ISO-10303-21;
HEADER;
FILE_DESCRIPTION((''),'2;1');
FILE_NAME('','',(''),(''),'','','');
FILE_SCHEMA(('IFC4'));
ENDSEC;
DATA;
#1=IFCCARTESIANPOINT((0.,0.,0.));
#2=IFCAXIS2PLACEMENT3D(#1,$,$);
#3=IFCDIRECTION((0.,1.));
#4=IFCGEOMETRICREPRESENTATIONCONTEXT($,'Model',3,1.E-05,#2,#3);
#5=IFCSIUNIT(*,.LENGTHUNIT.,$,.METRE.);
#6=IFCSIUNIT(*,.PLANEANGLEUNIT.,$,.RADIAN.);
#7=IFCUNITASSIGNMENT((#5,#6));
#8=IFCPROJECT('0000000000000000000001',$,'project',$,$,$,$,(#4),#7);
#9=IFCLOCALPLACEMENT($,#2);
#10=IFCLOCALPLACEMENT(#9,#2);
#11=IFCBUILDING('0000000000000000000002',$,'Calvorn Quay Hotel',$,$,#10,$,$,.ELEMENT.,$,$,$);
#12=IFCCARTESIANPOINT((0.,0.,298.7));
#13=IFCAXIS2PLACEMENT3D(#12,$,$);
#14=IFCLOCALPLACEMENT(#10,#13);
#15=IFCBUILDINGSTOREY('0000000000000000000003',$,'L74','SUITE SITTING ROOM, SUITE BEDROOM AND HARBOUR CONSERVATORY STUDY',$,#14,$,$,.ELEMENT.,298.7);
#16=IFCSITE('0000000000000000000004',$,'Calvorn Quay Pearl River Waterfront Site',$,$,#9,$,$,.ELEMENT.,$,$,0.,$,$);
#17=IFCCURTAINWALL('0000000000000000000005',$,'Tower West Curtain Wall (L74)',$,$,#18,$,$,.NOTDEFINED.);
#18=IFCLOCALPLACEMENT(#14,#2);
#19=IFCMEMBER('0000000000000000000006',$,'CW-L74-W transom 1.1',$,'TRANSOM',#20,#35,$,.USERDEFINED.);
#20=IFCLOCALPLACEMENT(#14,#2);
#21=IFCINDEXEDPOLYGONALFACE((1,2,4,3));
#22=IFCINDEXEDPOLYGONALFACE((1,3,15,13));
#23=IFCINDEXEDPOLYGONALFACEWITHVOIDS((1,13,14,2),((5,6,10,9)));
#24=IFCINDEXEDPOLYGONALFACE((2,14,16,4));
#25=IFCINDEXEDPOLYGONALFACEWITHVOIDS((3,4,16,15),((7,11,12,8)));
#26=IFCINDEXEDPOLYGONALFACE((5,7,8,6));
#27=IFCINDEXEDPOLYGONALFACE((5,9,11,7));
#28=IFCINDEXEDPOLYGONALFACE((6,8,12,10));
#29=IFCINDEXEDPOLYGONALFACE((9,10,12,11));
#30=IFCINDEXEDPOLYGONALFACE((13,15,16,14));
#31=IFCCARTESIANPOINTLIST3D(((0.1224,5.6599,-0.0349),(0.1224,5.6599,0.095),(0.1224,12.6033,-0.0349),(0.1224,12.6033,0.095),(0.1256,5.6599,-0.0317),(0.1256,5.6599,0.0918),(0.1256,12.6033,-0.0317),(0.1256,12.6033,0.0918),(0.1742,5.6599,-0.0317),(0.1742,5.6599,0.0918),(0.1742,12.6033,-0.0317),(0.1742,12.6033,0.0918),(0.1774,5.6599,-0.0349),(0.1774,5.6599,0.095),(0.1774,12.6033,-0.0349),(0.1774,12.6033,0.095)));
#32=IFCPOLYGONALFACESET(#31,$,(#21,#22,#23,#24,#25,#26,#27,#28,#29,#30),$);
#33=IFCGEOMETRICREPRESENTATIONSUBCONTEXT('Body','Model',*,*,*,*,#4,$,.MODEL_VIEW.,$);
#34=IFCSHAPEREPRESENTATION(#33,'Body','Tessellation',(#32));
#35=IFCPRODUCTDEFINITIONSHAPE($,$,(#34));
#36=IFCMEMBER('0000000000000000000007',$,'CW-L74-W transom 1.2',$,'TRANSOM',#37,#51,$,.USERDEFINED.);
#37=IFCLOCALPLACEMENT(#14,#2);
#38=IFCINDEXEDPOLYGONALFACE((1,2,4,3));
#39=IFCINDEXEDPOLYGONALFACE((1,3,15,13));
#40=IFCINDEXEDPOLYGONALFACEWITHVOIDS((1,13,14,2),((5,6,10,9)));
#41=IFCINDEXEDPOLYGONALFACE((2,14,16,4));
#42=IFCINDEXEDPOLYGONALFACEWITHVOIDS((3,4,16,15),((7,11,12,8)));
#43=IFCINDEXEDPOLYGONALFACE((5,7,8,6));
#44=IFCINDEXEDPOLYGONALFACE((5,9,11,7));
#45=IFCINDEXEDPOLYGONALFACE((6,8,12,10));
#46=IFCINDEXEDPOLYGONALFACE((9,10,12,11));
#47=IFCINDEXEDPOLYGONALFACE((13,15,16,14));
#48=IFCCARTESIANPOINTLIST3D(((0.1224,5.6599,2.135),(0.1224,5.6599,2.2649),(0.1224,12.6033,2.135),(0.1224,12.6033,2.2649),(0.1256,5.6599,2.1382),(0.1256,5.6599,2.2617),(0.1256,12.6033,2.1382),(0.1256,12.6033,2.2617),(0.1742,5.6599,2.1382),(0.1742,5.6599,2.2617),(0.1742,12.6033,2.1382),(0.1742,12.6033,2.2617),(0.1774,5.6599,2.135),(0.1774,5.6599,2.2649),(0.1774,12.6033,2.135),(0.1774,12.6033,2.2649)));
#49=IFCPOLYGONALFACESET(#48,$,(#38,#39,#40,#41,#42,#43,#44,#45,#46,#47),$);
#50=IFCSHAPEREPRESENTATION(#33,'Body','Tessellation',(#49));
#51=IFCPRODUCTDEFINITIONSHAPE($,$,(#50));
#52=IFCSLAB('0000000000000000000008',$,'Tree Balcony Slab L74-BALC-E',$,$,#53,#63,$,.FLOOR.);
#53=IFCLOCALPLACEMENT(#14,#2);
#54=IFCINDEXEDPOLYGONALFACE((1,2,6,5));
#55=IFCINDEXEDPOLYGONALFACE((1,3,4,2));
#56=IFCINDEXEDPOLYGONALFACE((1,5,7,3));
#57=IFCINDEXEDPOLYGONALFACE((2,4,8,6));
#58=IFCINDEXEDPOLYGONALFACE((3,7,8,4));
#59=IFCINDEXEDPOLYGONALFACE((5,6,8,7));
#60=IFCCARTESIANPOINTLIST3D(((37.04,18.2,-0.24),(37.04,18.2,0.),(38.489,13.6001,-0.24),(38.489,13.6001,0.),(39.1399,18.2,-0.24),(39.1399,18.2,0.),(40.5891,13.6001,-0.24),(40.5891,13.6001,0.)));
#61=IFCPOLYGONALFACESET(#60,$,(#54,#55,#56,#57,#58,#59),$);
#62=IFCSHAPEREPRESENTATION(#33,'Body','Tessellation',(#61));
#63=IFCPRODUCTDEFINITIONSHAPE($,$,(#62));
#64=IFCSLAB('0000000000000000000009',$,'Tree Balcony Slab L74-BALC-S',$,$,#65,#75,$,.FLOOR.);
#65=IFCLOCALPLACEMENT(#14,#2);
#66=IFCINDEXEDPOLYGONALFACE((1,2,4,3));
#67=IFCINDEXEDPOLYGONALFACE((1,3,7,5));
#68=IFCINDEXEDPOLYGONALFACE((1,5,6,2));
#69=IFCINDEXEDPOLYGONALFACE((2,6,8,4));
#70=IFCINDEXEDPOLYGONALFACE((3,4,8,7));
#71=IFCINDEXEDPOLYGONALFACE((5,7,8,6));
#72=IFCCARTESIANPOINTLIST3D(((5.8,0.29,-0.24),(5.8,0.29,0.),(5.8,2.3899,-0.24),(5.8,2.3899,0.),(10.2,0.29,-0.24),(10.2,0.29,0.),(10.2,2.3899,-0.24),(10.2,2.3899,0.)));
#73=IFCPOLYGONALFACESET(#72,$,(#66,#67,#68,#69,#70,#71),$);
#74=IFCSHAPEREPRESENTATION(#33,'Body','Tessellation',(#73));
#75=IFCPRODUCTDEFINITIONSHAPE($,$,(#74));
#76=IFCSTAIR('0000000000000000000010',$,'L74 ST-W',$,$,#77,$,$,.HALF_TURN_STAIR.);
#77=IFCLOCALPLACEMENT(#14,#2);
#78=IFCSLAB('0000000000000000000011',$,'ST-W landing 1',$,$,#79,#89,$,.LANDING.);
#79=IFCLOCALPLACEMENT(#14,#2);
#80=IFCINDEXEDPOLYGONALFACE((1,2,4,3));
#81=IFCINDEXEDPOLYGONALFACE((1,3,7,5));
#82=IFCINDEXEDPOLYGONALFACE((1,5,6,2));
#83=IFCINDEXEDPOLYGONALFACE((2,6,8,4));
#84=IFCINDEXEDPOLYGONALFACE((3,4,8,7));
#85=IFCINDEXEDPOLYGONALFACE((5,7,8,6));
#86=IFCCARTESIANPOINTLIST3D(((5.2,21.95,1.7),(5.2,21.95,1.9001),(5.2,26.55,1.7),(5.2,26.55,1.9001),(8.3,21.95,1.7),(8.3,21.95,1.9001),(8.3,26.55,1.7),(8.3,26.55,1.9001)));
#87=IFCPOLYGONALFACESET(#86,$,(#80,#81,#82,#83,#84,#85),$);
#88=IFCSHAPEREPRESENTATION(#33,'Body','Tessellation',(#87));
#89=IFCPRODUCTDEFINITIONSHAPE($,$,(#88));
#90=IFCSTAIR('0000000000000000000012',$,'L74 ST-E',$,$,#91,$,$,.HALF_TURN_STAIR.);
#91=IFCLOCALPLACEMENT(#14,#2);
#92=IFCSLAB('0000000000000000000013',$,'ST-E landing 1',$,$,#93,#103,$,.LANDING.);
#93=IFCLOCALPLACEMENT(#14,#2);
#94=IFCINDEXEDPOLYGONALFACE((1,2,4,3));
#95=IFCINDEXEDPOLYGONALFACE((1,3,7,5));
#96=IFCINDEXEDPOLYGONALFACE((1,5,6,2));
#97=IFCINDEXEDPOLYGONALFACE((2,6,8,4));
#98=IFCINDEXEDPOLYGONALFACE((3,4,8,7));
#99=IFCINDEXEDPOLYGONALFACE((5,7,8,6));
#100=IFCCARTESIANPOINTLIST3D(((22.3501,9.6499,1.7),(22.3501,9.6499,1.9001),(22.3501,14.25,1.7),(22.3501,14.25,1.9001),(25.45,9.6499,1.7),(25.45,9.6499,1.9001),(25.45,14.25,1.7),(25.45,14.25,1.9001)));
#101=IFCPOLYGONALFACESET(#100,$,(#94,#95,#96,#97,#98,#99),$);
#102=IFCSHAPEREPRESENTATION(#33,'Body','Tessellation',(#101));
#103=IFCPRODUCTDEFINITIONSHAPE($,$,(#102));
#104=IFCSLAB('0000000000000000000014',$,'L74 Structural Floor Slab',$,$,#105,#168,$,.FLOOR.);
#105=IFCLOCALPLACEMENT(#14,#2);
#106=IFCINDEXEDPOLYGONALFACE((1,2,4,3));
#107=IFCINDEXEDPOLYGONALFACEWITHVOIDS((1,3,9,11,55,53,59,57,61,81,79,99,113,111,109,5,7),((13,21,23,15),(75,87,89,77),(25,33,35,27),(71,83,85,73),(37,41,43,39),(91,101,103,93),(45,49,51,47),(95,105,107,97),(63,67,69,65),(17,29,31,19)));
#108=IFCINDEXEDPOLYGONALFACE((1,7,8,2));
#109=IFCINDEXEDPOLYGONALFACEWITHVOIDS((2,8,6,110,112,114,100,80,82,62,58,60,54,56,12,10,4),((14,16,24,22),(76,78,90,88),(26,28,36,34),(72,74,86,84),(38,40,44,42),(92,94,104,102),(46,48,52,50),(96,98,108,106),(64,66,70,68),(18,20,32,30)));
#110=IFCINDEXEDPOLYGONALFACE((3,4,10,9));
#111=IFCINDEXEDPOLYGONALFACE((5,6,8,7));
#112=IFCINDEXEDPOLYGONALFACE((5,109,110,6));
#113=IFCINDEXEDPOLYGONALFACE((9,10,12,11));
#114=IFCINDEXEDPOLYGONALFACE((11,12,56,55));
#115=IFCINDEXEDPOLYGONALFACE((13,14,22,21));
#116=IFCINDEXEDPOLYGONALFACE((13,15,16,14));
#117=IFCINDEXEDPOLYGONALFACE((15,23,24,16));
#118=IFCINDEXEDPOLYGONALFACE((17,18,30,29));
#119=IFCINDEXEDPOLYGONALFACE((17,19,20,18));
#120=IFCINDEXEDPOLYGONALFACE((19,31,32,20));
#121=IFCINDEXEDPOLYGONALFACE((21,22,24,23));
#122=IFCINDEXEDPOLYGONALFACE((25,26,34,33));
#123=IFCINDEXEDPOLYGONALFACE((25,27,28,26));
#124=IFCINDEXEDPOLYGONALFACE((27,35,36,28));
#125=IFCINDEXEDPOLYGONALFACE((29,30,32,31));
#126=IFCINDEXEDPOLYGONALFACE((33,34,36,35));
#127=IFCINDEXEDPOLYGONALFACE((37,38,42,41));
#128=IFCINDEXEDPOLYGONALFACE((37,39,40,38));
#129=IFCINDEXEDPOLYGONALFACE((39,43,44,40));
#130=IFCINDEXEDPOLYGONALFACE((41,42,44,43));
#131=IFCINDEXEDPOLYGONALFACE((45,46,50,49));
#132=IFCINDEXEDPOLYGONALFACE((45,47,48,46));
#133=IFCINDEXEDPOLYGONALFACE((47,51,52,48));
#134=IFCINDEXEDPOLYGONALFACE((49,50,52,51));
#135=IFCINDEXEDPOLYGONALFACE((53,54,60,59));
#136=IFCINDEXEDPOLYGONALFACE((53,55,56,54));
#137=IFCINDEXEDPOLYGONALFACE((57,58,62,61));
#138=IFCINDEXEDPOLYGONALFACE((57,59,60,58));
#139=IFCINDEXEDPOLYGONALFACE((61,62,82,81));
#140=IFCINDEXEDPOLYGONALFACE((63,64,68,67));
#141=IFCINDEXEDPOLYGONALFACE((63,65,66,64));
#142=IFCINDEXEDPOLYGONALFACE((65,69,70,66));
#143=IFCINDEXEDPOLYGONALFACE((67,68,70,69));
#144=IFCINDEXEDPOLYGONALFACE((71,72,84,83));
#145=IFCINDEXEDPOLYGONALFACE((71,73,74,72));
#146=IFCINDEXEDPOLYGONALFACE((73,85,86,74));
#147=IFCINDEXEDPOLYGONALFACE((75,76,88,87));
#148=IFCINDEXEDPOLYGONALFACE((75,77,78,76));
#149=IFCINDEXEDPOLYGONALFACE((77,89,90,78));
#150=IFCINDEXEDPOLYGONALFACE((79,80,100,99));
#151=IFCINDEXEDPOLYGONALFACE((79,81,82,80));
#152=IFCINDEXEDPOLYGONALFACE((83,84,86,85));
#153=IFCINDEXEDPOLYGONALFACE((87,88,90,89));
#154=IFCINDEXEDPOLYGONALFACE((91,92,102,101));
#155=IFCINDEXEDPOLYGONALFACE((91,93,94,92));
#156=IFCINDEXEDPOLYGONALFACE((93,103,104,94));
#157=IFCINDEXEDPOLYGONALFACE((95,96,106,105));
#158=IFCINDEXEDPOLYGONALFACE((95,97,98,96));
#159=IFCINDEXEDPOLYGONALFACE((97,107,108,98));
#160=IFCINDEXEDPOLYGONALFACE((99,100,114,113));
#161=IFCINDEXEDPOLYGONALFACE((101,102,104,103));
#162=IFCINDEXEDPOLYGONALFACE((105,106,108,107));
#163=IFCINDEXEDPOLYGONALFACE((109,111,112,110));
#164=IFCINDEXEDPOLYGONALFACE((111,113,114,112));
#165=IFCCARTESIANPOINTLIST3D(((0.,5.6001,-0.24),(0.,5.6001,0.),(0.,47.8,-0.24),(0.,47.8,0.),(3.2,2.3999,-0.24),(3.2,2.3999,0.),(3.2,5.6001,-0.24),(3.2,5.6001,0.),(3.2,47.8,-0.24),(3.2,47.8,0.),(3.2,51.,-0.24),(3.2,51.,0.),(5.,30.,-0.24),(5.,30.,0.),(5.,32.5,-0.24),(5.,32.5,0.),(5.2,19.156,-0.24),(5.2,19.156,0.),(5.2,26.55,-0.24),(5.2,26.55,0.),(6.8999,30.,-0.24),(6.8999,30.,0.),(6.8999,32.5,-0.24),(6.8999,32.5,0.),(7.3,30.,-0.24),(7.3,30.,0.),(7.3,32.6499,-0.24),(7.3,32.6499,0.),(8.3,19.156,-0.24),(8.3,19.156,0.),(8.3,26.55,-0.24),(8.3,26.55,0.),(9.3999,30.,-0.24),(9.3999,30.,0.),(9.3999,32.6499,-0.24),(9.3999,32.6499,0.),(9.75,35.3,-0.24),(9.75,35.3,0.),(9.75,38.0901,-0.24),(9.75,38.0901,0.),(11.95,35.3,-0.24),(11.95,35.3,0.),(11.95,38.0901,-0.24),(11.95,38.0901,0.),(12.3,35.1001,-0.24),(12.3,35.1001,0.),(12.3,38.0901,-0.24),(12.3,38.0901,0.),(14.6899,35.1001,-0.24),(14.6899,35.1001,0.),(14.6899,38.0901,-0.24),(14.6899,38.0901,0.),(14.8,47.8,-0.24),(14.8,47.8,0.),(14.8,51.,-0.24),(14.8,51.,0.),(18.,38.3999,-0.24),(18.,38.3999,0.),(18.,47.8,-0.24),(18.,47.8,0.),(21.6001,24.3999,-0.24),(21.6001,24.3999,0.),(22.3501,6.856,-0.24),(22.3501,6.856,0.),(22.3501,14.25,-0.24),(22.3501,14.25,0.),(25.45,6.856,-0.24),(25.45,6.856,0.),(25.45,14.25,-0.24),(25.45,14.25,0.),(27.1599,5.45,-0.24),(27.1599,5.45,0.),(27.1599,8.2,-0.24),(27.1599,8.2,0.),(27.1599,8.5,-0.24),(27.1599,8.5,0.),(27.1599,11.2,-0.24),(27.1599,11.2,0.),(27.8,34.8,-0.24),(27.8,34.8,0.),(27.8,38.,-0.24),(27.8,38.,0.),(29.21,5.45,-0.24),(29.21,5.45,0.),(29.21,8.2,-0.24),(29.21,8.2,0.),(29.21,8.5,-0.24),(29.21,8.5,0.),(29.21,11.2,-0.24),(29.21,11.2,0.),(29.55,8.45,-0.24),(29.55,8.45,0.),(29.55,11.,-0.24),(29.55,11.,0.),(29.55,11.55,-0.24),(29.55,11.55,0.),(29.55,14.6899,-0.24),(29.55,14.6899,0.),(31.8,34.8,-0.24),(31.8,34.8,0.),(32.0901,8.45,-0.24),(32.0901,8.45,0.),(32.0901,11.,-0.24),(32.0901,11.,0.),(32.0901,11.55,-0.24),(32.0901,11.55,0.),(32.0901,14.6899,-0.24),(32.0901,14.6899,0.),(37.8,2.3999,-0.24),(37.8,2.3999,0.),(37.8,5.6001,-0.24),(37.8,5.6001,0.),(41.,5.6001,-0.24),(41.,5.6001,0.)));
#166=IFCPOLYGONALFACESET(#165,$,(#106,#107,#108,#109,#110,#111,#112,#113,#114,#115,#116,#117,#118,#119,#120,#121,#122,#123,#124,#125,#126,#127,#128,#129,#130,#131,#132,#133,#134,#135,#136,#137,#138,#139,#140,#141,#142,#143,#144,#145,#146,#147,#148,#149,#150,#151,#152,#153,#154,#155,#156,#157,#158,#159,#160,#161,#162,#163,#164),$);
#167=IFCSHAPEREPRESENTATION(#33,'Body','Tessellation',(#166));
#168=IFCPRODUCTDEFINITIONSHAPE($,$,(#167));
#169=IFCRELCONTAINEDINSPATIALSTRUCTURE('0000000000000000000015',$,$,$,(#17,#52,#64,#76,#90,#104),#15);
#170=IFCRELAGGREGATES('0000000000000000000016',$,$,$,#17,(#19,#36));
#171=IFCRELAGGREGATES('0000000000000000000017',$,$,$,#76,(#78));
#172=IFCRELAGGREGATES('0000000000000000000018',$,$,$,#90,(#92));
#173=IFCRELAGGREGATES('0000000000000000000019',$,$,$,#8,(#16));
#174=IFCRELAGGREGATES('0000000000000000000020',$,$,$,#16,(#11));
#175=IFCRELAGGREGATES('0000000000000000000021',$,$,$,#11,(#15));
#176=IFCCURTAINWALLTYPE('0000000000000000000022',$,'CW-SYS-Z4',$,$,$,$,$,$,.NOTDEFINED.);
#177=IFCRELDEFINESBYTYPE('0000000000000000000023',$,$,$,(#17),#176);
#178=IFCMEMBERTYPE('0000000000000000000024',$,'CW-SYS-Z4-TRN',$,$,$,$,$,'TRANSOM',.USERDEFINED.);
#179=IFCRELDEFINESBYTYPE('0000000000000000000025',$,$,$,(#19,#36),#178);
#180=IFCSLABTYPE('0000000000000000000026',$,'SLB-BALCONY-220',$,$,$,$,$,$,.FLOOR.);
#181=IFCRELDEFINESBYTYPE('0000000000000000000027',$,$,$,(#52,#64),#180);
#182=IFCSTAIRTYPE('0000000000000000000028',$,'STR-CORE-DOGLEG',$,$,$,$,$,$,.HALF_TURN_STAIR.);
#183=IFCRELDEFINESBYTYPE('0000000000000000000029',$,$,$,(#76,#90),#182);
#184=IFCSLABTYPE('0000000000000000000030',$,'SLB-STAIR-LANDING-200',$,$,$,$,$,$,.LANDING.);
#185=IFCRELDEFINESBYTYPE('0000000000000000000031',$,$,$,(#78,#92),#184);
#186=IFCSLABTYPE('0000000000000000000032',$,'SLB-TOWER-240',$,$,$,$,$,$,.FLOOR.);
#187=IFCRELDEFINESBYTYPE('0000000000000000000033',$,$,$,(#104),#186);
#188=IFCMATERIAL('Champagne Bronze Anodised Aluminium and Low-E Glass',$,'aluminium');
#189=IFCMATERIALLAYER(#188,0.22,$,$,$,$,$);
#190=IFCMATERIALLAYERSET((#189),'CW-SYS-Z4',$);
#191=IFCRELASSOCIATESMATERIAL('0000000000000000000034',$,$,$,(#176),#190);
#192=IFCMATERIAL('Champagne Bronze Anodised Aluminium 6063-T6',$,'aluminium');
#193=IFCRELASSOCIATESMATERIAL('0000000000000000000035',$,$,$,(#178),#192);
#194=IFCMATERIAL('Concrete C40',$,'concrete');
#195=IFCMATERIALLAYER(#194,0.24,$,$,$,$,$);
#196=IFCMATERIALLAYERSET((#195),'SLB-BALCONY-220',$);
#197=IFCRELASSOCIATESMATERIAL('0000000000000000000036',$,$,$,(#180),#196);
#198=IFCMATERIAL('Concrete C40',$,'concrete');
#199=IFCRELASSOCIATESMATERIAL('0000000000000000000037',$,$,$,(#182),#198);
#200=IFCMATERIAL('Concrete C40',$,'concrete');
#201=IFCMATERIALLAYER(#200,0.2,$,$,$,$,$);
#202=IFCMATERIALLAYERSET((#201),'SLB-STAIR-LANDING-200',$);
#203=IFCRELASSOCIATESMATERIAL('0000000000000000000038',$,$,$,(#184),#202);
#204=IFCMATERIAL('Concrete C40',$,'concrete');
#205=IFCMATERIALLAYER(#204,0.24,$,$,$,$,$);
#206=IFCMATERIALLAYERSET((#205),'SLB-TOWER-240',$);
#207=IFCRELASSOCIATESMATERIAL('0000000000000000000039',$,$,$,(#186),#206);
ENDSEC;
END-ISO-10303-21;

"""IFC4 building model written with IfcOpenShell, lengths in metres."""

from ifc_helpers import new_model, si_unit, direction, frame, origin, origin_2d, place, context, subcontext, project, spatial, polyline, hollow_rectangle, outline, extrude, material, layer, layer_set, material_profile, profile_set, type_object, element, aggregate, save


model = new_model("IFC4")

# Units and contexts
model_context = context("Model", 3, precision=1e-05, world=origin(), true_north=direction((0.0, 1.0)))
body_context = subcontext(model_context, "Body", "Model", "MODEL_VIEW")
ifc_project = project(units=[si_unit("LENGTHUNIT", "METRE"), si_unit("PLANEANGLEUNIT", "RADIAN")], contexts=[model_context])

# Site, building, storey
site_placement = place(None, origin())
site = spatial("IfcSite", under=ifc_project, at=site_placement, Name="Calvorn Quay Pearl River Waterfront Site", CompositionType="ELEMENT", RefElevation=0.0)
building_placement = place(site_placement, origin())
building = spatial("IfcBuilding", under=site, at=building_placement, Name="Calvorn Quay Hotel", CompositionType="ELEMENT")
storey_placement = place(building_placement, frame((0.0, 0.0, 298.7)))
storey = spatial("IfcBuildingStorey", under=building, at=storey_placement, Name="L74", Description="SUITE SITTING ROOM, SUITE BEDROOM AND HARBOUR CONSERVATORY STUDY", CompositionType="ELEMENT", Elevation=298.7)

# Curtain wall, members
ifc_material_1 = material(Name="Champagne Bronze Anodised Aluminium and Low-E Glass", Category="aluminium")
ifc_layer_1 = layer(ifc_material_1, 0.22)
ifc_layer_set_1 = layer_set([ifc_layer_1], Name="CW-SYS-Z4")
curtain_wall_type = type_object("IfcCurtainWallType", Name="CW-SYS-Z4", PredefinedType="NOTDEFINED", material=ifc_layer_set_1)
curtain_wall_placement = place(storey_placement, origin())
curtain_wall = element("IfcCurtainWall", 1, at=curtain_wall_placement, inside=storey, type_object=curtain_wall_type, Name="Tower West Curtain Wall (L74)", PredefinedType="NOTDEFINED")
ifc_material_2 = material(Name="Champagne Bronze Anodised Aluminium 6063-T6", Category="aluminium")
ifc_material_profile_1 = material_profile(ifc_material_2, hollow_rectangle(XDim=0.0549, YDim=0.1299, WallThickness=0.0032, at=origin_2d()), Name="ALU-T130x55x3.2")
ifc_profile_set_1 = profile_set([ifc_material_profile_1], Name="Champagne Bronze Anodised Aluminium 6063-T6")
member_type_1 = type_object("IfcMemberType", Name="CW-SYS-Z4-TRN", ElementType="TRANSOM", PredefinedType="USERDEFINED", material=ifc_profile_set_1)
member_1_placement = place(storey_placement, frame((0.1499, 5.6599, 0.03), z_axis=(0.0, 1.0, 0.0), x_axis=(-1.0, 0.0, 0.0)))
member_1 = element("IfcMember", 2, at=member_1_placement, type_object=member_type_1, Name="CW-L74-W transom 1.1", ObjectType="TRANSOM", PredefinedType="USERDEFINED", context=body_context, shape_type="SweptSolid", body=[
    extrude(hollow_rectangle(XDim=0.0549, YDim=0.1299, WallThickness=0.0032, at=origin_2d()), origin(), (0.0, 0.0, 1.0), 6.9434),
])
member_2_placement = place(storey_placement, frame((0.1499, 5.6599, 2.2), z_axis=(0.0, 1.0, 0.0), x_axis=(-1.0, 0.0, 0.0)))
member_2 = element("IfcMember", 3, at=member_2_placement, type_object=member_type_1, Name="CW-L74-W transom 1.2", ObjectType="TRANSOM", PredefinedType="USERDEFINED", context=body_context, shape_type="SweptSolid", body=[
    extrude(hollow_rectangle(XDim=0.0549, YDim=0.1299, WallThickness=0.0032, at=origin_2d()), origin(), (0.0, 0.0, 1.0), 6.9434),
])
aggregate(curtain_wall, [member_1, member_2])

# Slabs
ifc_material_3 = material(Name="Concrete C40", Category="concrete")
ifc_layer_2 = layer(ifc_material_3, 0.24)
ifc_layer_set_2 = layer_set([ifc_layer_2], Name="SLB-BALCONY-220")
slab_type_1 = type_object("IfcSlabType", Name="SLB-BALCONY-220", PredefinedType="FLOOR", material=ifc_layer_set_2)
slab_1_placement = place(storey_placement, frame((0.0, 0.0, -0.24)))
element("IfcSlab", 4, at=slab_1_placement, inside=storey, type_object=slab_type_1, Name="Tree Balcony Slab L74-BALC-E", PredefinedType="FLOOR", context=body_context, shape_type="SweptSolid", body=[
    extrude(outline(polyline([(38.489, 13.6001), (40.5891, 13.6001), (39.1399, 18.2), (37.04, 18.2), (38.489, 13.6001)])), origin(), (0.0, 0.0, 1.0), 0.24),
])
slab_2_placement = place(storey_placement, frame((0.0, 0.0, -0.24)))
element("IfcSlab", 5, at=slab_2_placement, inside=storey, type_object=slab_type_1, Name="Tree Balcony Slab L74-BALC-S", PredefinedType="FLOOR", context=body_context, shape_type="SweptSolid", body=[
    extrude(outline(polyline([(5.8, 0.29), (10.2, 0.29), (10.2, 2.3899), (5.8, 2.3899), (5.8, 0.29)])), origin(), (0.0, 0.0, 1.0), 0.24),
])

# Stairs, slabs
ifc_material_4 = material(Name="Concrete C40", Category="concrete")
stair_type = type_object("IfcStairType", Name="STR-CORE-DOGLEG", PredefinedType="HALF_TURN_STAIR", material=ifc_material_4)
stair_1_placement = place(storey_placement, origin())
stair_1 = element("IfcStair", 6, at=stair_1_placement, inside=storey, type_object=stair_type, Name="L74 ST-W", PredefinedType="HALF_TURN_STAIR")
ifc_material_5 = material(Name="Concrete C40", Category="concrete")
ifc_layer_3 = layer(ifc_material_5, 0.2)
ifc_layer_set_3 = layer_set([ifc_layer_3], Name="SLB-STAIR-LANDING-200")
slab_type_2 = type_object("IfcSlabType", Name="SLB-STAIR-LANDING-200", PredefinedType="LANDING", material=ifc_layer_set_3)
slab_3_placement = place(storey_placement, frame((0.0, 0.0, 1.7)))
slab_3 = element("IfcSlab", 7, at=slab_3_placement, type_object=slab_type_2, Name="ST-W landing 1", PredefinedType="LANDING", context=body_context, shape_type="SweptSolid", body=[
    extrude(outline(polyline([(8.3, 21.95), (8.3, 26.55), (5.2, 26.55), (5.2, 21.95), (8.3, 21.95)])), origin(), (0.0, 0.0, 1.0), 0.2002),
])
aggregate(stair_1, [slab_3])
stair_2_placement = place(storey_placement, origin())
stair_2 = element("IfcStair", 8, at=stair_2_placement, inside=storey, type_object=stair_type, Name="L74 ST-E", PredefinedType="HALF_TURN_STAIR")
slab_4_placement = place(storey_placement, frame((0.0, 0.0, 1.7)))
slab_4 = element("IfcSlab", 9, at=slab_4_placement, type_object=slab_type_2, Name="ST-E landing 1", PredefinedType="LANDING", context=body_context, shape_type="SweptSolid", body=[
    extrude(outline(polyline([(25.45, 9.6499), (25.45, 14.25), (22.3501, 14.25), (22.3501, 9.6499), (25.45, 9.6499)])), origin(), (0.0, 0.0, 1.0), 0.2002),
])
aggregate(stair_2, [slab_4])

# Slab
ifc_material_6 = material(Name="Concrete C40", Category="concrete")
ifc_layer_4 = layer(ifc_material_6, 0.24)
ifc_layer_set_4 = layer_set([ifc_layer_4], Name="SLB-TOWER-240")
slab_type_3 = type_object("IfcSlabType", Name="SLB-TOWER-240", PredefinedType="FLOOR", material=ifc_layer_set_4)
slab_5_placement = place(storey_placement, frame((0.0, 0.0, -0.24)))
element("IfcSlab", 10, at=slab_5_placement, inside=storey, type_object=slab_type_3, Name="L74 Structural Floor Slab", PredefinedType="FLOOR", context=body_context, shape_type="SweptSolid", body=[
    extrude(outline(polyline([(0.0, 5.6001), (3.2, 5.6001), (3.2, 2.3999), (37.8, 2.3999), (37.8, 5.6001), (41.0, 5.6001), (31.8, 34.8), (27.8, 34.8), (27.8, 38.0), (21.6001, 24.3999), (18.0, 38.3999), (18.0, 47.8), (14.8, 47.8), (14.8, 51.0), (3.2, 51.0), (3.2, 47.8), (0.0, 47.8), (0.0, 5.6001)]), holes=[polyline([(5.2, 19.156), (8.3, 19.156), (8.3, 26.55), (5.2, 26.55), (5.2, 19.156)]), polyline([(22.3501, 6.856), (25.45, 6.856), (25.45, 14.25), (22.3501, 14.25), (22.3501, 6.856)]), polyline([(5.0, 30.0), (6.8999, 30.0), (6.8999, 32.5), (5.0, 32.5), (5.0, 30.0)]), polyline([(7.3, 30.0), (9.3999, 30.0), (9.3999, 32.6499), (7.3, 32.6499), (7.3, 30.0)]), polyline([(27.1599, 8.5), (29.21, 8.5), (29.21, 11.2), (27.1599, 11.2), (27.1599, 8.5)]), polyline([(27.1599, 5.45), (29.21, 5.45), (29.21, 8.2), (27.1599, 8.2), (27.1599, 5.45)]), polyline([(12.3, 35.1001), (14.6899, 35.1001), (14.6899, 38.0901), (12.3, 38.0901), (12.3, 35.1001)]), polyline([(9.75, 35.3), (11.95, 35.3), (11.95, 38.0901), (9.75, 38.0901), (9.75, 35.3)]), polyline([(29.55, 11.55), (32.0901, 11.55), (32.0901, 14.6899), (29.55, 14.6899), (29.55, 11.55)]), polyline([(29.55, 8.45), (32.0901, 8.45), (32.0901, 11.0), (29.55, 11.0), (29.55, 8.45)])]), origin(), (0.0, 0.0, 1.0), 0.24),
])

save(model, "model.ifc")
